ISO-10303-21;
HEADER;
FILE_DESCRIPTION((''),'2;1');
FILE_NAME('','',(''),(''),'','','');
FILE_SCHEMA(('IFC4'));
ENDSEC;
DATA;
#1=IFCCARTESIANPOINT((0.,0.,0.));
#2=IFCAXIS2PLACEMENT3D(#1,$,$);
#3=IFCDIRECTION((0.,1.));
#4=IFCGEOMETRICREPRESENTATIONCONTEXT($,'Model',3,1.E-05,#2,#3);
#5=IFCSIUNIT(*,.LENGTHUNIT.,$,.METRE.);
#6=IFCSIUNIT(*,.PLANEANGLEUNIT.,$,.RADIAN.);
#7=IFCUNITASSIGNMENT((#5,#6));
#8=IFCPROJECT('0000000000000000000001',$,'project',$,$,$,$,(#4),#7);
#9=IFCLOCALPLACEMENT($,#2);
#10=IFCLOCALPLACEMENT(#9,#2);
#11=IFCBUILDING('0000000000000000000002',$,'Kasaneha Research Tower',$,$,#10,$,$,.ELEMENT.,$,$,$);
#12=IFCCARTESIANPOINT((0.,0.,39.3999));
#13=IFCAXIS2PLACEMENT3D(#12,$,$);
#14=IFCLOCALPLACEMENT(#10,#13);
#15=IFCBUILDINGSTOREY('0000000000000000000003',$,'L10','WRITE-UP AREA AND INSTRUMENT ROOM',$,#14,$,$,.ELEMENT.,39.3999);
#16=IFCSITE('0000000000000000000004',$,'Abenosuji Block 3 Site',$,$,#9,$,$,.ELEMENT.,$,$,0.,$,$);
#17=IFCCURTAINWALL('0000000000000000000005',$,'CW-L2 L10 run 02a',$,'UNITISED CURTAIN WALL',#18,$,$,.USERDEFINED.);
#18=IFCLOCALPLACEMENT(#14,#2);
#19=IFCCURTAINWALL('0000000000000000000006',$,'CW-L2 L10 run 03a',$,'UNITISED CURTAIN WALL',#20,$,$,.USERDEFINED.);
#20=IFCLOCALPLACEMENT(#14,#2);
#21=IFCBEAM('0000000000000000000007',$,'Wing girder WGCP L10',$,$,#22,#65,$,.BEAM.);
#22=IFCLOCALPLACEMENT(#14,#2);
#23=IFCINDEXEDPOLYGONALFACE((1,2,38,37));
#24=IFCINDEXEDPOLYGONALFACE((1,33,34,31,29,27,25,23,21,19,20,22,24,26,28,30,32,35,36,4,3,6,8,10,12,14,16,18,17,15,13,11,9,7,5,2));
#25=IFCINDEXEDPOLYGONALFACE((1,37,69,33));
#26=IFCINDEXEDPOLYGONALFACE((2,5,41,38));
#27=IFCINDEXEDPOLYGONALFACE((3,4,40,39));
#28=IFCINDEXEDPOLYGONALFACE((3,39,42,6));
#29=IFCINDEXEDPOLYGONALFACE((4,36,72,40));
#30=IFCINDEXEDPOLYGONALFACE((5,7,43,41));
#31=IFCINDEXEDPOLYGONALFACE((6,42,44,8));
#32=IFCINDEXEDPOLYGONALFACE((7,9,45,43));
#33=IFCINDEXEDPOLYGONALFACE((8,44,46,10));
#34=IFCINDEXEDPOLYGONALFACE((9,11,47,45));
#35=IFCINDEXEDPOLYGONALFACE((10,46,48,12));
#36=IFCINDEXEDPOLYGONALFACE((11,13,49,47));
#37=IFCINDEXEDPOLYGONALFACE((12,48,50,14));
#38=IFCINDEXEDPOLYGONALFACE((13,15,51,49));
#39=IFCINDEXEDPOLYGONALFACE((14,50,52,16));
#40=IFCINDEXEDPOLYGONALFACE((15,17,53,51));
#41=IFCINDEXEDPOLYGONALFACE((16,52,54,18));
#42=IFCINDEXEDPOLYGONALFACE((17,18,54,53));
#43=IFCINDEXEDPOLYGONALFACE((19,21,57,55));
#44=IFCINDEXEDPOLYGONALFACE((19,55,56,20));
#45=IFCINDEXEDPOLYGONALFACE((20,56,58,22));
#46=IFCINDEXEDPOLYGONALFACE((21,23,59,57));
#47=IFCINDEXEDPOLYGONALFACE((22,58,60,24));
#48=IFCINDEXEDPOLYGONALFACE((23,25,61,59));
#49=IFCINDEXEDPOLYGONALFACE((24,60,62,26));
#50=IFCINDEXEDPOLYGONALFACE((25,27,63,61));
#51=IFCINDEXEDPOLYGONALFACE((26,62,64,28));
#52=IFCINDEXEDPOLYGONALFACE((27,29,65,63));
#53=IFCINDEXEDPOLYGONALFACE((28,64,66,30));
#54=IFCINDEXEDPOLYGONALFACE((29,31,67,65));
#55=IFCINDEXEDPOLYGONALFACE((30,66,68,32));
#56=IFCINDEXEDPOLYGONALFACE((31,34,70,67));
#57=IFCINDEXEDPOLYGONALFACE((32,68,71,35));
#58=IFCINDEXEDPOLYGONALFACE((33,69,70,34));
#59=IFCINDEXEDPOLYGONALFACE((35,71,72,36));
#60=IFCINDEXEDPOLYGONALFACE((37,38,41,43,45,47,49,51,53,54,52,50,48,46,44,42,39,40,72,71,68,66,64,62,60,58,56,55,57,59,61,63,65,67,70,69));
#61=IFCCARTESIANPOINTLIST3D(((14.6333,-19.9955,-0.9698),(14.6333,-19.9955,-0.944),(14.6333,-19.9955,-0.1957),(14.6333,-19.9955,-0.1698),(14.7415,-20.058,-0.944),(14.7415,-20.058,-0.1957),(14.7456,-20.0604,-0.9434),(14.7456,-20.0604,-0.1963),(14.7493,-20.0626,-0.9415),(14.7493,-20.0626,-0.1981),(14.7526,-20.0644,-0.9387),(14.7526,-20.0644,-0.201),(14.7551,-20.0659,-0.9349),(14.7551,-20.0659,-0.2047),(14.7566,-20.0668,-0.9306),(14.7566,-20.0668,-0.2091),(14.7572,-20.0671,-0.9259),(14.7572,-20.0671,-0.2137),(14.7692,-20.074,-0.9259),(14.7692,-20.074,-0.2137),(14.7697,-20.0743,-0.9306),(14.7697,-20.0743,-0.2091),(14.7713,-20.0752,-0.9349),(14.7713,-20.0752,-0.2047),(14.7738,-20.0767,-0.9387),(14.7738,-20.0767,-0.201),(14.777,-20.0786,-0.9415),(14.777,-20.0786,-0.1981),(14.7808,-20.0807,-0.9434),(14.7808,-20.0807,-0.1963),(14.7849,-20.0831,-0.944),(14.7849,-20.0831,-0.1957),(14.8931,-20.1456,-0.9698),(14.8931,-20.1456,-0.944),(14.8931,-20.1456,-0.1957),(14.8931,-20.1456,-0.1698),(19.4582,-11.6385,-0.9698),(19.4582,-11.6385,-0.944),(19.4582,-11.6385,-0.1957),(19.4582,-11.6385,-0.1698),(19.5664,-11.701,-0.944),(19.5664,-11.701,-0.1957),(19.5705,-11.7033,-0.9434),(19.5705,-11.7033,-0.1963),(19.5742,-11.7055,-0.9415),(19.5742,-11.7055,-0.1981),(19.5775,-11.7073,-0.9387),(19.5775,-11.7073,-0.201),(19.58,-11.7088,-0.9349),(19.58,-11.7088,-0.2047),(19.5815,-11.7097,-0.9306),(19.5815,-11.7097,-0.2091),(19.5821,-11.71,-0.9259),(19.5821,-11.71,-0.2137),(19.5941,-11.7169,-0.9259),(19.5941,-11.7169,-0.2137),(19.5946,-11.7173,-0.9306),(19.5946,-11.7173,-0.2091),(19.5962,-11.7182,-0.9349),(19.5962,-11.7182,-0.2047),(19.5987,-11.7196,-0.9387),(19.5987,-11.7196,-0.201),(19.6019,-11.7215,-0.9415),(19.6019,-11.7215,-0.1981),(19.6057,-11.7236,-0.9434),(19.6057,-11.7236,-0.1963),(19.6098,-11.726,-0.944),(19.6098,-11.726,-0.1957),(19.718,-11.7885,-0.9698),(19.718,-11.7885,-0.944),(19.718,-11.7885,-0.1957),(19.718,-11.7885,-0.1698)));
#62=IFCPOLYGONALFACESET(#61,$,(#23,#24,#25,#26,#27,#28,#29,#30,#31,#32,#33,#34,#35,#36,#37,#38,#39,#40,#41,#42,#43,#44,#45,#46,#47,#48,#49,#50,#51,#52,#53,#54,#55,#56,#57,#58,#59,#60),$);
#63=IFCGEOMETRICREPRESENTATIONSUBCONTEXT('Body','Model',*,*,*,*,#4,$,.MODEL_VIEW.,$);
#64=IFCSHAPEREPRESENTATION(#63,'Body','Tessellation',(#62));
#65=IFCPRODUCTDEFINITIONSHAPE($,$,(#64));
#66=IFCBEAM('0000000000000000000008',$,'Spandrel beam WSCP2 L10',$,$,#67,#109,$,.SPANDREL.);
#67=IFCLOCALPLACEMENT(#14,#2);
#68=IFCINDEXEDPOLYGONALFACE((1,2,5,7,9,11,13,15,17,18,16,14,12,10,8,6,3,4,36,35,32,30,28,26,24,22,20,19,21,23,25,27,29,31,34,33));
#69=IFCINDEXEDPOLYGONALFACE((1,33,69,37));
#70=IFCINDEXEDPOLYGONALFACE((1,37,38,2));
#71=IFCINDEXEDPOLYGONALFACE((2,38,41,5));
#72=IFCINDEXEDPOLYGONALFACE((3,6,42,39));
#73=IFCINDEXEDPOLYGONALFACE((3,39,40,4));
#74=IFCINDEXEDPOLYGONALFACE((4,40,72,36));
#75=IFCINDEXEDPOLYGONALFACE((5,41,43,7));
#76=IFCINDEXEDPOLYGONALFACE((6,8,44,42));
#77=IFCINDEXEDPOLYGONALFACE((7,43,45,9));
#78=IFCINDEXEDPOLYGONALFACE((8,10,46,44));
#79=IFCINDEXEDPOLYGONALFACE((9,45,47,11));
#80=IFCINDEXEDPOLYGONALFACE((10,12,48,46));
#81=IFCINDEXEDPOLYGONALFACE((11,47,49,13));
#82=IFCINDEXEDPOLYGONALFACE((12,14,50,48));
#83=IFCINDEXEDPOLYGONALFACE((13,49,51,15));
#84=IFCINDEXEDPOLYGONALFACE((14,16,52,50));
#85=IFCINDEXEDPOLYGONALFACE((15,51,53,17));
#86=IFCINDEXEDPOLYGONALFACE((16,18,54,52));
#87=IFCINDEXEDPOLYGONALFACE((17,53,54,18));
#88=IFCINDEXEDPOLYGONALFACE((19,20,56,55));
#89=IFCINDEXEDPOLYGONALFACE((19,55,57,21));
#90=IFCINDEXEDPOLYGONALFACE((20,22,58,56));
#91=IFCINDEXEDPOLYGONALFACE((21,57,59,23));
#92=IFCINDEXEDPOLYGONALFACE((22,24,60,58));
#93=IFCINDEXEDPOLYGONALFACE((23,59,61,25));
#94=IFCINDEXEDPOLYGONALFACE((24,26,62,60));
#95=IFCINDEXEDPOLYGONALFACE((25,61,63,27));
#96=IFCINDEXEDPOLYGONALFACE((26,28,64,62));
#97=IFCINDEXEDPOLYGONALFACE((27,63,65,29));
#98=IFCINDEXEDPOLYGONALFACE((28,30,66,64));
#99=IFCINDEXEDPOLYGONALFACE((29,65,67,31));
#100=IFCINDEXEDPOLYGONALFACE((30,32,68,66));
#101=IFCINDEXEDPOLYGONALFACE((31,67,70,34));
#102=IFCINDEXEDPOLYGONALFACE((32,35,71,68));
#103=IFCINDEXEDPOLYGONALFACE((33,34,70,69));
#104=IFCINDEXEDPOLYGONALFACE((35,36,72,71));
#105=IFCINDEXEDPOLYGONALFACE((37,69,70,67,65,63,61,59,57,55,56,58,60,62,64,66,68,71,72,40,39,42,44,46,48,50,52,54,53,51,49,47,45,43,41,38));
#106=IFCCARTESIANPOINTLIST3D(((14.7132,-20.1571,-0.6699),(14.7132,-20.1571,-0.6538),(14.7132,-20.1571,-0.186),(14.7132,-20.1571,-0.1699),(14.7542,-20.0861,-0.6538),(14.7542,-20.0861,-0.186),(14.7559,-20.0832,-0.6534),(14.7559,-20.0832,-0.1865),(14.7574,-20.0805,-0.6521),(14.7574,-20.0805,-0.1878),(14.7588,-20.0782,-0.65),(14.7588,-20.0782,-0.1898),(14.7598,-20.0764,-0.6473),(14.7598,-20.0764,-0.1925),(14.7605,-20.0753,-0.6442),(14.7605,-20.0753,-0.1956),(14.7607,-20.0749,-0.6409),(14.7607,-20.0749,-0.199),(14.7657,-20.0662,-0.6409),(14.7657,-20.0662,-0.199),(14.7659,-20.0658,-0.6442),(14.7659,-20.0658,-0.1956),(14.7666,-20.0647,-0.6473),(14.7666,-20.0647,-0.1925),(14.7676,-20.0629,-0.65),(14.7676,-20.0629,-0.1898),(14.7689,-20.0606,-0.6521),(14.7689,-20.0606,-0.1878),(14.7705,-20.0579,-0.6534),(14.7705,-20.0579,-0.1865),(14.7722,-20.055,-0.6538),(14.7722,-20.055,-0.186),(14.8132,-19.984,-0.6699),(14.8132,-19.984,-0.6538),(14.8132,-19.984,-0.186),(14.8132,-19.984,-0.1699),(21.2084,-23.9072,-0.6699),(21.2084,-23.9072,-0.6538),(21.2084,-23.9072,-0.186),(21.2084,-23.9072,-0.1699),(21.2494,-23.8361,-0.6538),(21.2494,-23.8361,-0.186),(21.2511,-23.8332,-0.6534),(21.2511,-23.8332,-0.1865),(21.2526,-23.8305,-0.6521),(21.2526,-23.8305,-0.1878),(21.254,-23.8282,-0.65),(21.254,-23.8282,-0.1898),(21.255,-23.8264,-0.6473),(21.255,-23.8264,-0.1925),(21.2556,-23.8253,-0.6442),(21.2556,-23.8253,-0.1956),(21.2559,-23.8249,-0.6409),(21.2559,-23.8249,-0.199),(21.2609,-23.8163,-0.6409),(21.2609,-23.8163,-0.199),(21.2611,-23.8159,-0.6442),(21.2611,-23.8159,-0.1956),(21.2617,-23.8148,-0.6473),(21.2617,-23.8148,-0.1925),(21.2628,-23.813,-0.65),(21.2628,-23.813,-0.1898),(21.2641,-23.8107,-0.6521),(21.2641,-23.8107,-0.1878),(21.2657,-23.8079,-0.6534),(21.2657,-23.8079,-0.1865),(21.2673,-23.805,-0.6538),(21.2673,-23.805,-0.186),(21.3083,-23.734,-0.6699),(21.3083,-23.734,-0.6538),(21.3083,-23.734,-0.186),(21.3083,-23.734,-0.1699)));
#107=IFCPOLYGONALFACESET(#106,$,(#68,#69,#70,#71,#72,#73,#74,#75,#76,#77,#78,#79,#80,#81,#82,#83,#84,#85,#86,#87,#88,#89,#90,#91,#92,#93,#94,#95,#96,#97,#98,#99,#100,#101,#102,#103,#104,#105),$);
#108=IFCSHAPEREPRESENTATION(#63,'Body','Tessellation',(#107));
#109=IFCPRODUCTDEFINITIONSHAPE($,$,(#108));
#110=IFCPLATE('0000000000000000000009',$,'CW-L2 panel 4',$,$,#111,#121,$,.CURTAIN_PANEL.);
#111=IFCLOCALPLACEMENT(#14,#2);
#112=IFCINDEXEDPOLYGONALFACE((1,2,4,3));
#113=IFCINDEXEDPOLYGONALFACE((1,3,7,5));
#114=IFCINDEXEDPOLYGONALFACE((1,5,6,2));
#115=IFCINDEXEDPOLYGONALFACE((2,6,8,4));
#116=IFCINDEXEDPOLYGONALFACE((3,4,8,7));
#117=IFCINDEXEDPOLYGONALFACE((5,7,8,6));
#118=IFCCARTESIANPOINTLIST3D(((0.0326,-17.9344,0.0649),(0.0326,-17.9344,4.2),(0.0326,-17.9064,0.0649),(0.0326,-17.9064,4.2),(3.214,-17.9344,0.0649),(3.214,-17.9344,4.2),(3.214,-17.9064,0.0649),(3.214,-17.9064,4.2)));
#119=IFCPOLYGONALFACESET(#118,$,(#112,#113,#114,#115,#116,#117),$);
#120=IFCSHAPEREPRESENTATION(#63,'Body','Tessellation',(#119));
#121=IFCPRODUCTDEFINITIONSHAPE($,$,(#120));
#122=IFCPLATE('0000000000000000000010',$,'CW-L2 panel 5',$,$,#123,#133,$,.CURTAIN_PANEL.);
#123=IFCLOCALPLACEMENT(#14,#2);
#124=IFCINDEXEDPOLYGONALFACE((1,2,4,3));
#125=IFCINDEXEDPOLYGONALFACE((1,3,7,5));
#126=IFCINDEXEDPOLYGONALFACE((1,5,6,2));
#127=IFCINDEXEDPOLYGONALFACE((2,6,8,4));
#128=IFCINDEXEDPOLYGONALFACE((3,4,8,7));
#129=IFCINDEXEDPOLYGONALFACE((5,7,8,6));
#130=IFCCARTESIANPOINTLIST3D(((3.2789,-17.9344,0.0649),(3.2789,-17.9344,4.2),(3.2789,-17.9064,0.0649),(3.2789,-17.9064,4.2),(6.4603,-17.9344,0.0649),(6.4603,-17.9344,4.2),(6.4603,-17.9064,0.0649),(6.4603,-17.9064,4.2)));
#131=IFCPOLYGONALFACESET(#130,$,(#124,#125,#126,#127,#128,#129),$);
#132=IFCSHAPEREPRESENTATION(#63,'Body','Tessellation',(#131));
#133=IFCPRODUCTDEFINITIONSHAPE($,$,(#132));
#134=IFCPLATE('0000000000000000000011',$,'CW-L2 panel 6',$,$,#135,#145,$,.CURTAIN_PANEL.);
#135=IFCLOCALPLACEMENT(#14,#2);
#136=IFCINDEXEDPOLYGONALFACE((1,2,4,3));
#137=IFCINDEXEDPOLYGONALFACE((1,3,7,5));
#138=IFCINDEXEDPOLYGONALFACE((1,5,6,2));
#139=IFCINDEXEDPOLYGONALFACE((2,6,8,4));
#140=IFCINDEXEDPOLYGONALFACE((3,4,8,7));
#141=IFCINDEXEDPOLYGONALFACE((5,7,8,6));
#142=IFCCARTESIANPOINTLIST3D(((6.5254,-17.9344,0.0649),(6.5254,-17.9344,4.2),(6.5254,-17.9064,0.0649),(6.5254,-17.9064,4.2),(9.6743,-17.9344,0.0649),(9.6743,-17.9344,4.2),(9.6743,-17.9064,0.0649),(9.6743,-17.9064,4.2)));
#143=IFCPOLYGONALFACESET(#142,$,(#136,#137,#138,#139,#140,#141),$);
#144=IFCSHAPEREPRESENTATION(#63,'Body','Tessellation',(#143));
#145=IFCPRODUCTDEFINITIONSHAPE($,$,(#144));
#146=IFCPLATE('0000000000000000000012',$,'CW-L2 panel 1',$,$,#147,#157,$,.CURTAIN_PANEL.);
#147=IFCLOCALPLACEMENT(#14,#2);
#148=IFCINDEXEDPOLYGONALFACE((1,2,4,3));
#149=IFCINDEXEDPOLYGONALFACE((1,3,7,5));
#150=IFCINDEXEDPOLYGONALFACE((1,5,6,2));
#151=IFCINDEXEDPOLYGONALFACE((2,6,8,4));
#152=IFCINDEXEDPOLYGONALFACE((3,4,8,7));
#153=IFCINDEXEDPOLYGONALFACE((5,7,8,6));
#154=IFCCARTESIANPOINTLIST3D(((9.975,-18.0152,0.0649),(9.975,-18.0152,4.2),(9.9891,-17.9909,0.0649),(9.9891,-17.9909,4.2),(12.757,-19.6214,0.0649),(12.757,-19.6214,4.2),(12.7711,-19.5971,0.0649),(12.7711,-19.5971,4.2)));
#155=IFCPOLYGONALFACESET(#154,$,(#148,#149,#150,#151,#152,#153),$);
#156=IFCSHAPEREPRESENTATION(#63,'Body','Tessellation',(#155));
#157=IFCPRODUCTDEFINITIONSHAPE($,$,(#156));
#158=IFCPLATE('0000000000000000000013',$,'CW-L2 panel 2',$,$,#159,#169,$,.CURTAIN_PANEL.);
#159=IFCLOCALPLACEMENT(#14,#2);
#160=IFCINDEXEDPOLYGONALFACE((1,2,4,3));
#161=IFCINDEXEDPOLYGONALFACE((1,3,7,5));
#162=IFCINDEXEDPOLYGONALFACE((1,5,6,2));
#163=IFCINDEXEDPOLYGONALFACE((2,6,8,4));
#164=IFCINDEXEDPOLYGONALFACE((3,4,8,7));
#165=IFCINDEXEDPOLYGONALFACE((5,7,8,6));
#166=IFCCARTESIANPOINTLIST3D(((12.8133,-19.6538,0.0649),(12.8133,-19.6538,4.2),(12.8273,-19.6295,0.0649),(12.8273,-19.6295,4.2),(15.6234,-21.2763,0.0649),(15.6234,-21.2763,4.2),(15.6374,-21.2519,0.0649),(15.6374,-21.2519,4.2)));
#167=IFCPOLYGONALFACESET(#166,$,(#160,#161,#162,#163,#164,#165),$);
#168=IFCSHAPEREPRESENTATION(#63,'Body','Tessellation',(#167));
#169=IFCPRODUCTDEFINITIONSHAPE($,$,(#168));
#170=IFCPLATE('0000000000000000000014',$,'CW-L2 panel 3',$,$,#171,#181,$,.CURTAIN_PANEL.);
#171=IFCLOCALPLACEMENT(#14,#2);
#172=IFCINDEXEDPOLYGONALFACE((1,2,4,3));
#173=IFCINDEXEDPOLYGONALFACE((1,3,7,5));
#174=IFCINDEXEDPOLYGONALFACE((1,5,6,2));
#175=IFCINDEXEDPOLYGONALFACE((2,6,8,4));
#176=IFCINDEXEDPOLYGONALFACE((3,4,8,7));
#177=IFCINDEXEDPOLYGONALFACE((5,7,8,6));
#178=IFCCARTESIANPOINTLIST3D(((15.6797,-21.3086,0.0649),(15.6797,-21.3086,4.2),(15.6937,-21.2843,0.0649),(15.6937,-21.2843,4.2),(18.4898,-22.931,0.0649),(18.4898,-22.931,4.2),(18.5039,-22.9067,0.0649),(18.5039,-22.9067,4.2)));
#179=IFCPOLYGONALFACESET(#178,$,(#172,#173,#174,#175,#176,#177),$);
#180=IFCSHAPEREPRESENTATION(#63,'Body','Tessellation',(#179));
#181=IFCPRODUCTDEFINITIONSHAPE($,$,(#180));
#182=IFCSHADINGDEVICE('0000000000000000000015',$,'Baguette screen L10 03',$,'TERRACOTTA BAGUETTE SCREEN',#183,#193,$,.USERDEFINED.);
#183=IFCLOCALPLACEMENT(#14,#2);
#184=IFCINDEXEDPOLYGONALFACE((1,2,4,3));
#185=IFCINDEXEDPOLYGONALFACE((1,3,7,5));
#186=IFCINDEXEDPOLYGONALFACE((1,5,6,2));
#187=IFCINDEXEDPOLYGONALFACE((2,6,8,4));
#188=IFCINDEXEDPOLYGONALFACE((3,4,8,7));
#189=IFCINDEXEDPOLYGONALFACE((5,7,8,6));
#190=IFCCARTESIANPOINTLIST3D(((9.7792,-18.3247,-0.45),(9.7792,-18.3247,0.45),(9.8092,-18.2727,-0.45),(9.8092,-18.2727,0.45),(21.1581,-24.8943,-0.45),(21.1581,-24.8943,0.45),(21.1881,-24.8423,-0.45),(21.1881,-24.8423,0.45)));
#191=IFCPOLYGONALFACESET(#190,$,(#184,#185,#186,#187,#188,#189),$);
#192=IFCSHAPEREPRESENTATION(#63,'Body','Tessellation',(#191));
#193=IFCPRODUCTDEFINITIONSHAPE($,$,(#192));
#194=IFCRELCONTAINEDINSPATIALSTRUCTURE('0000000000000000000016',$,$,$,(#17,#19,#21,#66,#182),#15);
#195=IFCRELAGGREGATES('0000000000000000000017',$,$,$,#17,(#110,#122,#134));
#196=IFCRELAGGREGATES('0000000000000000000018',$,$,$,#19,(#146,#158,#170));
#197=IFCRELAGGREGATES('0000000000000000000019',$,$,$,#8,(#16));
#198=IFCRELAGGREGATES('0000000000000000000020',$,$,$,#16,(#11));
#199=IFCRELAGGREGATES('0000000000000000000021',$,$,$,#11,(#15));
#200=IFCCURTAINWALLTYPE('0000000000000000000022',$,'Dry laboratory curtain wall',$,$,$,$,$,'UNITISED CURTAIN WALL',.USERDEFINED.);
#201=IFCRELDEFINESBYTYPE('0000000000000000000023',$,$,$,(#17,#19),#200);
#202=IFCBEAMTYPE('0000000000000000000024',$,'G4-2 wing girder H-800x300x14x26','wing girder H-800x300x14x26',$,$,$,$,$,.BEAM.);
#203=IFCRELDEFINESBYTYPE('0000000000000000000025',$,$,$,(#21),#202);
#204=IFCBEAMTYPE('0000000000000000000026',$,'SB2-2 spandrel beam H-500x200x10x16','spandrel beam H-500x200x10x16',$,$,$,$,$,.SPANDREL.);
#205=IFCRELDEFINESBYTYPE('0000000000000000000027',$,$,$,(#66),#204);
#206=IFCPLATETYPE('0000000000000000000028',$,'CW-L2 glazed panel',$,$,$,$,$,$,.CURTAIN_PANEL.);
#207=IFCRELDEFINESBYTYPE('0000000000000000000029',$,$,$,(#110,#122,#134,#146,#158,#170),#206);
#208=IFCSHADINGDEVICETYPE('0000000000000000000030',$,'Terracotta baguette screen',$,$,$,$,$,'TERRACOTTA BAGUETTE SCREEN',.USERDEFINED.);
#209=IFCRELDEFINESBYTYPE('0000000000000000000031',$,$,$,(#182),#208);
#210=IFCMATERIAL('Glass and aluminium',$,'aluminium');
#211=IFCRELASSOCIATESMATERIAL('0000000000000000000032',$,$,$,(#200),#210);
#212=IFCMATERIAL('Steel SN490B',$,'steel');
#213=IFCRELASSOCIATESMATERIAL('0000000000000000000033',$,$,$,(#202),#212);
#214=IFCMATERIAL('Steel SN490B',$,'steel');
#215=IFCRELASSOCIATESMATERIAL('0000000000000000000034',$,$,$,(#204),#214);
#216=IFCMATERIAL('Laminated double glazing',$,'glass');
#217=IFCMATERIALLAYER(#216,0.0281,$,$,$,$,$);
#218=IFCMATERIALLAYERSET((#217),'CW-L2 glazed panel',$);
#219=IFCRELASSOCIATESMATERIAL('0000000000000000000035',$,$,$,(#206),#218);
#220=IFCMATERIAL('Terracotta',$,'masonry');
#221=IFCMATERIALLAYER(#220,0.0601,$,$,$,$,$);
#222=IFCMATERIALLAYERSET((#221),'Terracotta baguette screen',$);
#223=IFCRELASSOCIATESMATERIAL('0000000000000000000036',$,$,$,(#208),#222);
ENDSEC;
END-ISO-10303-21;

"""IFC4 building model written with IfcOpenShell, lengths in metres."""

from ifc_helpers import new_model, si_unit, direction, frame, origin, origin_2d, place, context, subcontext, project, spatial, rectangle, i_section, extrude, material, layer, layer_set, material_profile, profile_set, type_object, element, aggregate, save


model = new_model("IFC4")

# Units and contexts
model_context = context("Model", 3, precision=1e-05, world=origin(), true_north=direction((0.0, 1.0)))
body_context = subcontext(model_context, "Body", "Model", "MODEL_VIEW")
ifc_project = project(units=[si_unit("LENGTHUNIT", "METRE"), si_unit("PLANEANGLEUNIT", "RADIAN")], contexts=[model_context])

# Site, building, storey
site_placement = place(None, origin())
site = spatial("IfcSite", under=ifc_project, at=site_placement, Name="Abenosuji Block 3 Site", CompositionType="ELEMENT", RefElevation=0.0)
building_placement = place(site_placement, origin())
building = spatial("IfcBuilding", under=site, at=building_placement, Name="Kasaneha Research Tower", CompositionType="ELEMENT")
storey_placement = place(building_placement, frame((0.0, 0.0, 39.3999)))
storey = spatial("IfcBuildingStorey", under=building, at=storey_placement, Name="L10", Description="WRITE-UP AREA AND INSTRUMENT ROOM", CompositionType="ELEMENT", Elevation=39.3999)

# Curtain walls
ifc_material_1 = material(Name="Glass and aluminium", Category="aluminium")
curtain_wall_type = type_object("IfcCurtainWallType", Name="Dry laboratory curtain wall", ElementType="UNITISED CURTAIN WALL", PredefinedType="USERDEFINED", material=ifc_material_1)
curtain_wall_1_placement = place(storey_placement, origin())
curtain_wall_1 = element("IfcCurtainWall", 1, at=curtain_wall_1_placement, inside=storey, type_object=curtain_wall_type, Name="CW-L2 L10 run 02a", ObjectType="UNITISED CURTAIN WALL", PredefinedType="USERDEFINED")
curtain_wall_2_placement = place(storey_placement, origin())
curtain_wall_2 = element("IfcCurtainWall", 2, at=curtain_wall_2_placement, inside=storey, type_object=curtain_wall_type, Name="CW-L2 L10 run 03a", ObjectType="UNITISED CURTAIN WALL", PredefinedType="USERDEFINED")

# Beams
ifc_material_2 = material(Name="Steel SN490B", Category="steel")
ifc_material_profile_1 = material_profile(ifc_material_2, i_section(OverallWidth=0.3, OverallDepth=0.8, WebThickness=0.0139, FlangeThickness=0.0259, FilletRadius=0.0181, at=origin_2d()), Name="H-800x300x14x26")
ifc_profile_set_1 = profile_set([ifc_material_profile_1], Name="Steel SN490B")
beam_type_1 = type_object("IfcBeamType", Name="G4-2 wing girder H-800x300x14x26", Description="wing girder H-800x300x14x26", PredefinedType="BEAM", material=ifc_profile_set_1)
beam_1_placement = place(storey_placement, frame((14.7632, -20.0706, -0.5698), z_axis=(0.499995, 0.866028, 0.0), x_axis=(-0.866028, 0.499995, 0.0)))
element("IfcBeam", 3, at=beam_1_placement, inside=storey, type_object=beam_type_1, Name="Wing girder WGCP L10", PredefinedType="BEAM", context=body_context, shape_type="SweptSolid", body=[
    extrude(i_section(OverallWidth=0.3, OverallDepth=0.8, WebThickness=0.0139, FlangeThickness=0.0259, FilletRadius=0.0181, at=origin_2d()), origin(), (0.0, 0.0, 1.0), 9.6499),
])
ifc_material_3 = material(Name="Steel SN490B", Category="steel")
ifc_material_profile_2 = material_profile(ifc_material_3, i_section(OverallWidth=0.2, OverallDepth=0.5, WebThickness=0.01, FlangeThickness=0.0161, FilletRadius=0.0129, at=origin_2d()), Name="H-500x200x10x16")
ifc_profile_set_2 = profile_set([ifc_material_profile_2], Name="Steel SN490B")
beam_type_2 = type_object("IfcBeamType", Name="SB2-2 spandrel beam H-500x200x10x16", Description="spandrel beam H-500x200x10x16", PredefinedType="SPANDREL", material=ifc_profile_set_2)
beam_2_placement = place(storey_placement, frame((14.7632, -20.0706, -0.4199), z_axis=(0.866023, -0.500004, 0.0), x_axis=(0.500004, 0.866023, 0.0)))
element("IfcBeam", 4, at=beam_2_placement, inside=storey, type_object=beam_type_2, Name="Spandrel beam WSCP2 L10", PredefinedType="SPANDREL", context=body_context, shape_type="SweptSolid", body=[
    extrude(i_section(OverallWidth=0.2, OverallDepth=0.5, WebThickness=0.01, FlangeThickness=0.0161, FilletRadius=0.0129, at=origin_2d()), origin(), (0.0, 0.0, 1.0), 7.5),
])

# Plates
ifc_material_4 = material(Name="Laminated double glazing", Category="glass")
ifc_layer_1 = layer(ifc_material_4, 0.0281)
ifc_layer_set_1 = layer_set([ifc_layer_1], Name="CW-L2 glazed panel")
plate_type = type_object("IfcPlateType", Name="CW-L2 glazed panel", PredefinedType="CURTAIN_PANEL", material=ifc_layer_set_1)
plate_1_placement = place(storey_placement, frame((1.6233, -17.9204, 0.0649), z_axis=(0.0, 0.0, 1.0), x_axis=(1.0, 0.0, 0.0)))
plate_1 = element("IfcPlate", 5, at=plate_1_placement, type_object=plate_type, Name="CW-L2 panel 4", PredefinedType="CURTAIN_PANEL", context=body_context, shape_type="SweptSolid", body=[
    extrude(rectangle(XDim=3.1814, YDim=0.0281, at=origin_2d()), origin(), (0.0, 0.0, 1.0), 4.135),
])
plate_2_placement = place(storey_placement, frame((4.8696, -17.9204, 0.0649), z_axis=(0.0, 0.0, 1.0), x_axis=(1.0, 0.0, 0.0)))
plate_2 = element("IfcPlate", 6, at=plate_2_placement, type_object=plate_type, Name="CW-L2 panel 5", PredefinedType="CURTAIN_PANEL", context=body_context, shape_type="SweptSolid", body=[
    extrude(rectangle(XDim=3.1814, YDim=0.0281, at=origin_2d()), origin(), (0.0, 0.0, 1.0), 4.135),
])
plate_3_placement = place(storey_placement, frame((8.0999, -17.9204, 0.0649), z_axis=(0.0, 0.0, 1.0), x_axis=(1.0, 0.0, 0.0)))
plate_3 = element("IfcPlate", 7, at=plate_3_placement, type_object=plate_type, Name="CW-L2 panel 6", PredefinedType="CURTAIN_PANEL", context=body_context, shape_type="SweptSolid", body=[
    extrude(rectangle(XDim=3.1489, YDim=0.0281, at=origin_2d()), origin(), (0.0, 0.0, 1.0), 4.135),
])
aggregate(curtain_wall_1, [plate_1, plate_2, plate_3])
plate_4_placement = place(storey_placement, frame((11.373, -18.8062, 0.0649), z_axis=(0.0, 0.0, 1.0), x_axis=(0.866025, -0.5, 0.0)))
plate_4 = element("IfcPlate", 8, at=plate_4_placement, type_object=plate_type, Name="CW-L2 panel 1", PredefinedType="CURTAIN_PANEL", context=body_context, shape_type="SweptSolid", body=[
    extrude(rectangle(XDim=3.2124, YDim=0.0281, at=origin_2d()), origin(), (0.0, 0.0, 1.0), 4.135),
])
plate_5_placement = place(storey_placement, frame((14.2253, -20.4529, 0.0649), z_axis=(0.0, 0.0, 1.0), x_axis=(0.866025, -0.5, 0.0)))
plate_5 = element("IfcPlate", 9, at=plate_5_placement, type_object=plate_type, Name="CW-L2 panel 2", PredefinedType="CURTAIN_PANEL", context=body_context, shape_type="SweptSolid", body=[
    extrude(rectangle(XDim=3.2449, YDim=0.0281, at=origin_2d()), origin(), (0.0, 0.0, 1.0), 4.135),
])
plate_6_placement = place(storey_placement, frame((17.0918, -22.1077, 0.0649), z_axis=(0.0, 0.0, 1.0), x_axis=(0.866025, -0.5, 0.0)))
plate_6 = element("IfcPlate", 10, at=plate_6_placement, type_object=plate_type, Name="CW-L2 panel 3", PredefinedType="CURTAIN_PANEL", context=body_context, shape_type="SweptSolid", body=[
    extrude(rectangle(XDim=3.2449, YDim=0.0281, at=origin_2d()), origin(), (0.0, 0.0, 1.0), 4.135),
])
aggregate(curtain_wall_2, [plate_4, plate_5, plate_6])

# Shading device
ifc_material_5 = material(Name="Terracotta", Category="masonry")
ifc_layer_2 = layer(ifc_material_5, 0.0601)
ifc_layer_set_2 = layer_set([ifc_layer_2], Name="Terracotta baguette screen")
shading_device_type = type_object("IfcShadingDeviceType", Name="Terracotta baguette screen", ElementType="TERRACOTTA BAGUETTE SCREEN", PredefinedType="USERDEFINED", material=ifc_layer_set_2)
shading_device_placement = place(storey_placement, frame((15.4836, -21.5835, -0.45), z_axis=(0.0, 0.0, 1.0), x_axis=(0.866025, -0.5, 0.0)))
element("IfcShadingDevice", 11, at=shading_device_placement, inside=storey, type_object=shading_device_type, Name="Baguette screen L10 03", ObjectType="TERRACOTTA BAGUETTE SCREEN", PredefinedType="USERDEFINED", context=body_context, shape_type="SweptSolid", body=[
    extrude(rectangle(XDim=13.1392, YDim=0.0601, at=origin_2d()), origin(), (0.0, 0.0, 1.0), 0.8999),
])

save(model, "model.ifc")
